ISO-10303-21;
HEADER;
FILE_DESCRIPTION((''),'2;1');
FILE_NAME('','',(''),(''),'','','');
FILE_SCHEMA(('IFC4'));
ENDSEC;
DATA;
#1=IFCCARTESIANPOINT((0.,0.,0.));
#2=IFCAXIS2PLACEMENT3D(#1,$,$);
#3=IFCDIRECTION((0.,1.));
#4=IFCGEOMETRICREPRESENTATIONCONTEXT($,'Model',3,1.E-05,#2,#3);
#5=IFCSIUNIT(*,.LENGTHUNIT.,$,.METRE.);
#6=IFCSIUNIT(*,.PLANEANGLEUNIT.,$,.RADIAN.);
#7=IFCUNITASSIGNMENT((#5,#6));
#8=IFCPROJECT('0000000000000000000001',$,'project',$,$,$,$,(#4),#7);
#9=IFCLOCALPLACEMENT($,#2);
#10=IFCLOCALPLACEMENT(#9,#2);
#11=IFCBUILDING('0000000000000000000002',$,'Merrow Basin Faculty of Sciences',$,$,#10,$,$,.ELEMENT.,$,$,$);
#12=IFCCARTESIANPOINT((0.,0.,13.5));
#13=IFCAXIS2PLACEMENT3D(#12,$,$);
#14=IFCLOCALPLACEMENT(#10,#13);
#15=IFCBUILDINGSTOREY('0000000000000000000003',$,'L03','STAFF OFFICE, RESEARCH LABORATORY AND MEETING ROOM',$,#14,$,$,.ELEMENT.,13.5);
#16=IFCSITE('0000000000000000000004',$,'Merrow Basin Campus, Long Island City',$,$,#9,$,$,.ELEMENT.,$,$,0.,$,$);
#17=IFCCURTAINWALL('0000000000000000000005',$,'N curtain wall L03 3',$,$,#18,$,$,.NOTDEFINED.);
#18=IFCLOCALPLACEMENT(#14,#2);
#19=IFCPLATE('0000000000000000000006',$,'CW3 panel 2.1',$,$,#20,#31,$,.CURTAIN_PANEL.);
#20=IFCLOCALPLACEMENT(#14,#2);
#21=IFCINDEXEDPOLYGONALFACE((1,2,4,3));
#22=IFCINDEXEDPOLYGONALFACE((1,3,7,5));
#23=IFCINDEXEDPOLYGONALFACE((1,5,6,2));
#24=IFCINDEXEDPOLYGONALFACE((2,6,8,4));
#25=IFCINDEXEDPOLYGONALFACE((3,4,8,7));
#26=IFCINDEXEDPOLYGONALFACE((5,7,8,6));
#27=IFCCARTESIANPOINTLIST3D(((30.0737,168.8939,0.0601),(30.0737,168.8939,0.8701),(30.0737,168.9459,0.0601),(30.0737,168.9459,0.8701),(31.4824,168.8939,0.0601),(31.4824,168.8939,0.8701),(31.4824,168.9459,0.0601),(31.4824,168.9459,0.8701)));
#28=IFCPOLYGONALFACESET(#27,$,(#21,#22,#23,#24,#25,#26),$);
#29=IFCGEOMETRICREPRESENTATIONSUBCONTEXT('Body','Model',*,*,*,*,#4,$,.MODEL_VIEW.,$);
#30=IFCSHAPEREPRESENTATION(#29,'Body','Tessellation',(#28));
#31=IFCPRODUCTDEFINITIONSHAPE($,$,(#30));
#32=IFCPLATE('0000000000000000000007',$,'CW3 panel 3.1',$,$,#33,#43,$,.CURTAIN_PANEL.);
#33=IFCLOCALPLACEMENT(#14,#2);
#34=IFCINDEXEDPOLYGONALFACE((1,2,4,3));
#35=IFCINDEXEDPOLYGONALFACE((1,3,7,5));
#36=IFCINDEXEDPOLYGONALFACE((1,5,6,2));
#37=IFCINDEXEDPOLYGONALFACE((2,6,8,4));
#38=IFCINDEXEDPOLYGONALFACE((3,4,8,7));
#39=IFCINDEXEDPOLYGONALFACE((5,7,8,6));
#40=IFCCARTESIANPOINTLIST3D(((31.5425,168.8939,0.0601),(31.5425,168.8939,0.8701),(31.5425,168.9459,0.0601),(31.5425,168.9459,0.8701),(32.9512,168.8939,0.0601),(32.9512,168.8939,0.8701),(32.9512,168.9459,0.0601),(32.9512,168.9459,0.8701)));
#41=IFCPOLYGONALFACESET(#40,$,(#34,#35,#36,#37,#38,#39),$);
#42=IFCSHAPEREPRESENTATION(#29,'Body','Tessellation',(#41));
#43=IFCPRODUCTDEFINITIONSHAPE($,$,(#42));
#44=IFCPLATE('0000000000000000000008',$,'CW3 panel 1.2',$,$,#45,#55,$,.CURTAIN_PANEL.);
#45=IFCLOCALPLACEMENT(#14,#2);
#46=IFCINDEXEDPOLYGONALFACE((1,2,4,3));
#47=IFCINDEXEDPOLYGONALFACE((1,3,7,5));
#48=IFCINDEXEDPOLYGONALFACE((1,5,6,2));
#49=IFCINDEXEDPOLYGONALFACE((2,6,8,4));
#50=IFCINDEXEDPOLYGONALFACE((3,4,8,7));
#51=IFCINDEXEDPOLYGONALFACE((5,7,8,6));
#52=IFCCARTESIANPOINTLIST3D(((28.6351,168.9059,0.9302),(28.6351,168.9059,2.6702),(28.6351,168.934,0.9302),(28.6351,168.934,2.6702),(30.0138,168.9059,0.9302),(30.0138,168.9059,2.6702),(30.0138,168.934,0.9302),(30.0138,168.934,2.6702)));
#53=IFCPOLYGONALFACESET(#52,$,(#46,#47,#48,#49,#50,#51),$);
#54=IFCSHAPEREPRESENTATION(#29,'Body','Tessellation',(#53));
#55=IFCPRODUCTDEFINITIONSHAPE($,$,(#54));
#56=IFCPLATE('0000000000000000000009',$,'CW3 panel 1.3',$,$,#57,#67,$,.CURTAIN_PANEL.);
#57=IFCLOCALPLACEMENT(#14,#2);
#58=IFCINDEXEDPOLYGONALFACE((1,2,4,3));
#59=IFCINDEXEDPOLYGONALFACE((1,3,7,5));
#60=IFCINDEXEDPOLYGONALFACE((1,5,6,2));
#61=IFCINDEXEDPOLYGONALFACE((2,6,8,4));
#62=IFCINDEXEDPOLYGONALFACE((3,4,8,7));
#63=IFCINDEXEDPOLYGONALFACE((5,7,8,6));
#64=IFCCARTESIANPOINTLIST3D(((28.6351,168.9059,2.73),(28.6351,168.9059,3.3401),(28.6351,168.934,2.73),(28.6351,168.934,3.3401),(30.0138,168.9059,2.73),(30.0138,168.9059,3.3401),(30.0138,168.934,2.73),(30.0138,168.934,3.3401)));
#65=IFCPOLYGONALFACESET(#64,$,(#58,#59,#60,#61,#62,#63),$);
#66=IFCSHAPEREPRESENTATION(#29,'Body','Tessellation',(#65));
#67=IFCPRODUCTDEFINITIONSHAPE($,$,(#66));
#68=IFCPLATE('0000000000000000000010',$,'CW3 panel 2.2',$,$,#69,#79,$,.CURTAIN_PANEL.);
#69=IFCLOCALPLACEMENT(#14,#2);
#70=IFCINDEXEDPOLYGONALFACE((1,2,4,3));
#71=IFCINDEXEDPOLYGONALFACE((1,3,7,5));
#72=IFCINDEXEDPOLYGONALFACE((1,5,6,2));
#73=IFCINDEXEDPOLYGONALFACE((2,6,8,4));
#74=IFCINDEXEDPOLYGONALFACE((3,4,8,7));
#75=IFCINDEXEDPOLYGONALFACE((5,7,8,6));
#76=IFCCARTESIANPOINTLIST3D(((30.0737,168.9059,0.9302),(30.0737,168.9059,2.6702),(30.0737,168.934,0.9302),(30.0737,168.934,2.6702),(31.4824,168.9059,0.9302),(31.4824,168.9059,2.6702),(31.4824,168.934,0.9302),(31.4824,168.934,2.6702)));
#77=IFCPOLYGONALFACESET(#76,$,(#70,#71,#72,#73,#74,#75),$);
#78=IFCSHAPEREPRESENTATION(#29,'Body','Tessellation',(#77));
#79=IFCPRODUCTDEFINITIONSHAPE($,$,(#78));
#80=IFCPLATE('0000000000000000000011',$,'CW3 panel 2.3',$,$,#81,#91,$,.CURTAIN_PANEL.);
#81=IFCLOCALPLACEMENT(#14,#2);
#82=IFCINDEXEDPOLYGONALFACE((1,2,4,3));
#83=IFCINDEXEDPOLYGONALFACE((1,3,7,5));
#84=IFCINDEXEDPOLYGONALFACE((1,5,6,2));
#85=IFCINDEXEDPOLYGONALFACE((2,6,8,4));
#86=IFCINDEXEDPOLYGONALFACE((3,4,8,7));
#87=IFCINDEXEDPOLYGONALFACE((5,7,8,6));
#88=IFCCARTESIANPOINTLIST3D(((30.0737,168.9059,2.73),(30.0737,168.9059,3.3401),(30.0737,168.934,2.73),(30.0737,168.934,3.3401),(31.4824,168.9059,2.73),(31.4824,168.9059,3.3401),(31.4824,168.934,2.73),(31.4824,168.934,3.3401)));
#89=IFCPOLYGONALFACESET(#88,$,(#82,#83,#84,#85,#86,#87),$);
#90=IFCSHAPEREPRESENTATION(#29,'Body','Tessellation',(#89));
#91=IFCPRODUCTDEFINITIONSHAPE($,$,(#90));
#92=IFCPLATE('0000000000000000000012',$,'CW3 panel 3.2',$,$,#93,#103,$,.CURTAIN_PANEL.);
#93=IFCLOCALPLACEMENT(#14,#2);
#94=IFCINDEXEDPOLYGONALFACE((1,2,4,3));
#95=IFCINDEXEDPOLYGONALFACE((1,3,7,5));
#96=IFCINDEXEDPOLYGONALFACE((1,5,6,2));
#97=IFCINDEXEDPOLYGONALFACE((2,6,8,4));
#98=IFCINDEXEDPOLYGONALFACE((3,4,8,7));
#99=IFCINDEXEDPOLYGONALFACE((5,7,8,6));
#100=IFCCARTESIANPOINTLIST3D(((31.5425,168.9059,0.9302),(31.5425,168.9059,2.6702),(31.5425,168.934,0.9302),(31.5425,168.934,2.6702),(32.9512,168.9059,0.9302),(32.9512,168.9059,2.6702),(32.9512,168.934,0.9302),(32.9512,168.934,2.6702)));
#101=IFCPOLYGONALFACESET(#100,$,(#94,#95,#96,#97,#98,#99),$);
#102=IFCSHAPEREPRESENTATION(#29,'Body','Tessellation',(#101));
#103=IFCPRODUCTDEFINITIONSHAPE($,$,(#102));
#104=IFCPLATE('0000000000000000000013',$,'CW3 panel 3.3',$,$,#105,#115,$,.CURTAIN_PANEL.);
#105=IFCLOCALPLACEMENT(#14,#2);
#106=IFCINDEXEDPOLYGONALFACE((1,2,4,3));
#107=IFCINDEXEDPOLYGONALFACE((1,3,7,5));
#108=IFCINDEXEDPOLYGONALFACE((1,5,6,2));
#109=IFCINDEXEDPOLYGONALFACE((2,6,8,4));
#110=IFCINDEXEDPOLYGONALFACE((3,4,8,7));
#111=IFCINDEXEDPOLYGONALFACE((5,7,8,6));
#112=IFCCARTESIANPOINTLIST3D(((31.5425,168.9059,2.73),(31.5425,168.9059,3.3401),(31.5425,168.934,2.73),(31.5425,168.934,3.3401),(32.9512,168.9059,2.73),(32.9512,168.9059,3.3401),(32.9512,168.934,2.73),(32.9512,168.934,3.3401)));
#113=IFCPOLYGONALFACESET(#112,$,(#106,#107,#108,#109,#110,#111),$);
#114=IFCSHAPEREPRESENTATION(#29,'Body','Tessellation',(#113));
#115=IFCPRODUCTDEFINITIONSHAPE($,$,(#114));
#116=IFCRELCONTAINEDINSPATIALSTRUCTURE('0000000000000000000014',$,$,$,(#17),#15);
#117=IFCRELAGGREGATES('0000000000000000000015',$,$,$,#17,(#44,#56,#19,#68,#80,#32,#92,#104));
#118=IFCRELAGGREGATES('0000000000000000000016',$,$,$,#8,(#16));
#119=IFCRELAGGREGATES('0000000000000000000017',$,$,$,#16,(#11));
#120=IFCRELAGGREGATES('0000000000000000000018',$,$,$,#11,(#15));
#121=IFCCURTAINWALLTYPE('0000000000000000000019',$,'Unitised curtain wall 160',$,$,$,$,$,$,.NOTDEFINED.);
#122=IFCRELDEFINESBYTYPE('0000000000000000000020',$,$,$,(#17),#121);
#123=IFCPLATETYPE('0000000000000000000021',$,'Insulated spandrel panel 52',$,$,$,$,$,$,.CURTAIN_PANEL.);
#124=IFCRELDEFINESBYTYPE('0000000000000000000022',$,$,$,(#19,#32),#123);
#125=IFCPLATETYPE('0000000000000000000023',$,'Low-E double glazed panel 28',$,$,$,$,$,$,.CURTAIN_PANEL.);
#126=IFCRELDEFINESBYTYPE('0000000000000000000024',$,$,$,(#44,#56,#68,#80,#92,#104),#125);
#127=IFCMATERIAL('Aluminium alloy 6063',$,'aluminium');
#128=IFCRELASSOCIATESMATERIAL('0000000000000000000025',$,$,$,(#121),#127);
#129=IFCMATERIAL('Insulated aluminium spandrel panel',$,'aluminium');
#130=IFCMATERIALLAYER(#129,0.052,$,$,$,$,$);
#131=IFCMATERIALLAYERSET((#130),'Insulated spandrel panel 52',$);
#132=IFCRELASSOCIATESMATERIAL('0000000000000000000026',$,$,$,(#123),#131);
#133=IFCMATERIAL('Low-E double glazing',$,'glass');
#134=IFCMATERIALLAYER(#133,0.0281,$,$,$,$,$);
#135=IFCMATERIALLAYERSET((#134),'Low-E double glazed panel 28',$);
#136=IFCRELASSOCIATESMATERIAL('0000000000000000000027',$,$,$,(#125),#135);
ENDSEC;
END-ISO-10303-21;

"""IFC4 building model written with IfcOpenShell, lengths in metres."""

from ifc_helpers import new_model, si_unit, direction, frame, origin, origin_2d, place, context, subcontext, project, spatial, rectangle, extrude, material, layer, layer_set, type_object, element, aggregate, save


model = new_model("IFC4")

# Units and contexts
model_context = context("Model", 3, precision=1e-05, world=origin(), true_north=direction((0.0, 1.0)))
body_context = subcontext(model_context, "Body", "Model", "MODEL_VIEW")
ifc_project = project(units=[si_unit("LENGTHUNIT", "METRE"), si_unit("PLANEANGLEUNIT", "RADIAN")], contexts=[model_context])

# Site, building, storey
site_placement = place(None, origin())
site = spatial("IfcSite", under=ifc_project, at=site_placement, Name="Merrow Basin Campus, Long Island City", CompositionType="ELEMENT", RefElevation=0.0)
building_placement = place(site_placement, origin())
building = spatial("IfcBuilding", under=site, at=building_placement, Name="Merrow Basin Faculty of Sciences", CompositionType="ELEMENT")
storey_placement = place(building_placement, frame((0.0, 0.0, 13.5)))
storey = spatial("IfcBuildingStorey", under=building, at=storey_placement, Name="L03", Description="STAFF OFFICE, RESEARCH LABORATORY AND MEETING ROOM", CompositionType="ELEMENT", Elevation=13.5)

# Curtain wall
ifc_material_1 = material(Name="Aluminium alloy 6063", Category="aluminium")
curtain_wall_type = type_object("IfcCurtainWallType", Name="Unitised curtain wall 160", PredefinedType="NOTDEFINED", material=ifc_material_1)
curtain_wall_placement = place(storey_placement, origin())
curtain_wall = element("IfcCurtainWall", 1, at=curtain_wall_placement, inside=storey, type_object=curtain_wall_type, Name="N curtain wall L03 3", PredefinedType="NOTDEFINED")

# Plates
ifc_material_2 = material(Name="Insulated aluminium spandrel panel", Category="aluminium")
ifc_layer_1 = layer(ifc_material_2, 0.052)
ifc_layer_set_1 = layer_set([ifc_layer_1], Name="Insulated spandrel panel 52")
plate_type_1 = type_object("IfcPlateType", Name="Insulated spandrel panel 52", PredefinedType="CURTAIN_PANEL", material=ifc_layer_set_1)
plate_1_placement = place(storey_placement, frame((30.7781, 168.9199, 0.0601), z_axis=(0.0, 0.0, 1.0), x_axis=(1.0, 0.0, 0.0)))
plate_1 = element("IfcPlate", 2, at=plate_1_placement, type_object=plate_type_1, Name="CW3 panel 2.1", PredefinedType="CURTAIN_PANEL", context=body_context, shape_type="SweptSolid", body=[
    extrude(rectangle(XDim=1.4087, YDim=0.052, at=origin_2d()), origin(), (0.0, 0.0, 1.0), 0.8101),
])
plate_2_placement = place(storey_placement, frame((32.2468, 168.9199, 0.0601), z_axis=(0.0, 0.0, 1.0), x_axis=(1.0, 0.0, 0.0)))
plate_2 = element("IfcPlate", 3, at=plate_2_placement, type_object=plate_type_1, Name="CW3 panel 3.1", PredefinedType="CURTAIN_PANEL", context=body_context, shape_type="SweptSolid", body=[
    extrude(rectangle(XDim=1.4087, YDim=0.052, at=origin_2d()), origin(), (0.0, 0.0, 1.0), 0.8101),
])
ifc_material_3 = material(Name="Low-E double glazing", Category="glass")
ifc_layer_2 = layer(ifc_material_3, 0.0281)
ifc_layer_set_2 = layer_set([ifc_layer_2], Name="Low-E double glazed panel 28")
plate_type_2 = type_object("IfcPlateType", Name="Low-E double glazed panel 28", PredefinedType="CURTAIN_PANEL", material=ifc_layer_set_2)
plate_3_placement = place(storey_placement, frame((29.3245, 168.9199, 0.9302), z_axis=(0.0, 0.0, 1.0), x_axis=(1.0, 0.0, 0.0)))
plate_3 = element("IfcPlate", 4, at=plate_3_placement, type_object=plate_type_2, Name="CW3 panel 1.2", PredefinedType="CURTAIN_PANEL", context=body_context, shape_type="SweptSolid", body=[
    extrude(rectangle(XDim=1.3787, YDim=0.0281, at=origin_2d()), origin(), (0.0, 0.0, 1.0), 1.74),
])
plate_4_placement = place(storey_placement, frame((29.3245, 168.9199, 2.73), z_axis=(0.0, 0.0, 1.0), x_axis=(1.0, 0.0, 0.0)))
plate_4 = element("IfcPlate", 5, at=plate_4_placement, type_object=plate_type_2, Name="CW3 panel 1.3", PredefinedType="CURTAIN_PANEL", context=body_context, shape_type="SweptSolid", body=[
    extrude(rectangle(XDim=1.3787, YDim=0.0281, at=origin_2d()), origin(), (0.0, 0.0, 1.0), 0.6101),
])
plate_5_placement = place(storey_placement, frame((30.7781, 168.9199, 0.9302), z_axis=(0.0, 0.0, 1.0), x_axis=(1.0, 0.0, 0.0)))
plate_5 = element("IfcPlate", 6, at=plate_5_placement, type_object=plate_type_2, Name="CW3 panel 2.2", PredefinedType="CURTAIN_PANEL", context=body_context, shape_type="SweptSolid", body=[
    extrude(rectangle(XDim=1.4087, YDim=0.0281, at=origin_2d()), origin(), (0.0, 0.0, 1.0), 1.74),
])
plate_6_placement = place(storey_placement, frame((30.7781, 168.9199, 2.73), z_axis=(0.0, 0.0, 1.0), x_axis=(1.0, 0.0, 0.0)))
plate_6 = element("IfcPlate", 7, at=plate_6_placement, type_object=plate_type_2, Name="CW3 panel 2.3", PredefinedType="CURTAIN_PANEL", context=body_context, shape_type="SweptSolid", body=[
    extrude(rectangle(XDim=1.4087, YDim=0.0281, at=origin_2d()), origin(), (0.0, 0.0, 1.0), 0.6101),
])
plate_7_placement = place(storey_placement, frame((32.2468, 168.9199, 0.9302), z_axis=(0.0, 0.0, 1.0), x_axis=(1.0, 0.0, 0.0)))
plate_7 = element("IfcPlate", 8, at=plate_7_placement, type_object=plate_type_2, Name="CW3 panel 3.2", PredefinedType="CURTAIN_PANEL", context=body_context, shape_type="SweptSolid", body=[
    extrude(rectangle(XDim=1.4087, YDim=0.0281, at=origin_2d()), origin(), (0.0, 0.0, 1.0), 1.74),
])
plate_8_placement = place(storey_placement, frame((32.2468, 168.9199, 2.73), z_axis=(0.0, 0.0, 1.0), x_axis=(1.0, 0.0, 0.0)))
plate_8 = element("IfcPlate", 9, at=plate_8_placement, type_object=plate_type_2, Name="CW3 panel 3.3", PredefinedType="CURTAIN_PANEL", context=body_context, shape_type="SweptSolid", body=[
    extrude(rectangle(XDim=1.4087, YDim=0.0281, at=origin_2d()), origin(), (0.0, 0.0, 1.0), 0.6101),
])
aggregate(curtain_wall, [plate_3, plate_4, plate_1, plate_5, plate_6, plate_2, plate_7, plate_8])

save(model, "model.ifc")
